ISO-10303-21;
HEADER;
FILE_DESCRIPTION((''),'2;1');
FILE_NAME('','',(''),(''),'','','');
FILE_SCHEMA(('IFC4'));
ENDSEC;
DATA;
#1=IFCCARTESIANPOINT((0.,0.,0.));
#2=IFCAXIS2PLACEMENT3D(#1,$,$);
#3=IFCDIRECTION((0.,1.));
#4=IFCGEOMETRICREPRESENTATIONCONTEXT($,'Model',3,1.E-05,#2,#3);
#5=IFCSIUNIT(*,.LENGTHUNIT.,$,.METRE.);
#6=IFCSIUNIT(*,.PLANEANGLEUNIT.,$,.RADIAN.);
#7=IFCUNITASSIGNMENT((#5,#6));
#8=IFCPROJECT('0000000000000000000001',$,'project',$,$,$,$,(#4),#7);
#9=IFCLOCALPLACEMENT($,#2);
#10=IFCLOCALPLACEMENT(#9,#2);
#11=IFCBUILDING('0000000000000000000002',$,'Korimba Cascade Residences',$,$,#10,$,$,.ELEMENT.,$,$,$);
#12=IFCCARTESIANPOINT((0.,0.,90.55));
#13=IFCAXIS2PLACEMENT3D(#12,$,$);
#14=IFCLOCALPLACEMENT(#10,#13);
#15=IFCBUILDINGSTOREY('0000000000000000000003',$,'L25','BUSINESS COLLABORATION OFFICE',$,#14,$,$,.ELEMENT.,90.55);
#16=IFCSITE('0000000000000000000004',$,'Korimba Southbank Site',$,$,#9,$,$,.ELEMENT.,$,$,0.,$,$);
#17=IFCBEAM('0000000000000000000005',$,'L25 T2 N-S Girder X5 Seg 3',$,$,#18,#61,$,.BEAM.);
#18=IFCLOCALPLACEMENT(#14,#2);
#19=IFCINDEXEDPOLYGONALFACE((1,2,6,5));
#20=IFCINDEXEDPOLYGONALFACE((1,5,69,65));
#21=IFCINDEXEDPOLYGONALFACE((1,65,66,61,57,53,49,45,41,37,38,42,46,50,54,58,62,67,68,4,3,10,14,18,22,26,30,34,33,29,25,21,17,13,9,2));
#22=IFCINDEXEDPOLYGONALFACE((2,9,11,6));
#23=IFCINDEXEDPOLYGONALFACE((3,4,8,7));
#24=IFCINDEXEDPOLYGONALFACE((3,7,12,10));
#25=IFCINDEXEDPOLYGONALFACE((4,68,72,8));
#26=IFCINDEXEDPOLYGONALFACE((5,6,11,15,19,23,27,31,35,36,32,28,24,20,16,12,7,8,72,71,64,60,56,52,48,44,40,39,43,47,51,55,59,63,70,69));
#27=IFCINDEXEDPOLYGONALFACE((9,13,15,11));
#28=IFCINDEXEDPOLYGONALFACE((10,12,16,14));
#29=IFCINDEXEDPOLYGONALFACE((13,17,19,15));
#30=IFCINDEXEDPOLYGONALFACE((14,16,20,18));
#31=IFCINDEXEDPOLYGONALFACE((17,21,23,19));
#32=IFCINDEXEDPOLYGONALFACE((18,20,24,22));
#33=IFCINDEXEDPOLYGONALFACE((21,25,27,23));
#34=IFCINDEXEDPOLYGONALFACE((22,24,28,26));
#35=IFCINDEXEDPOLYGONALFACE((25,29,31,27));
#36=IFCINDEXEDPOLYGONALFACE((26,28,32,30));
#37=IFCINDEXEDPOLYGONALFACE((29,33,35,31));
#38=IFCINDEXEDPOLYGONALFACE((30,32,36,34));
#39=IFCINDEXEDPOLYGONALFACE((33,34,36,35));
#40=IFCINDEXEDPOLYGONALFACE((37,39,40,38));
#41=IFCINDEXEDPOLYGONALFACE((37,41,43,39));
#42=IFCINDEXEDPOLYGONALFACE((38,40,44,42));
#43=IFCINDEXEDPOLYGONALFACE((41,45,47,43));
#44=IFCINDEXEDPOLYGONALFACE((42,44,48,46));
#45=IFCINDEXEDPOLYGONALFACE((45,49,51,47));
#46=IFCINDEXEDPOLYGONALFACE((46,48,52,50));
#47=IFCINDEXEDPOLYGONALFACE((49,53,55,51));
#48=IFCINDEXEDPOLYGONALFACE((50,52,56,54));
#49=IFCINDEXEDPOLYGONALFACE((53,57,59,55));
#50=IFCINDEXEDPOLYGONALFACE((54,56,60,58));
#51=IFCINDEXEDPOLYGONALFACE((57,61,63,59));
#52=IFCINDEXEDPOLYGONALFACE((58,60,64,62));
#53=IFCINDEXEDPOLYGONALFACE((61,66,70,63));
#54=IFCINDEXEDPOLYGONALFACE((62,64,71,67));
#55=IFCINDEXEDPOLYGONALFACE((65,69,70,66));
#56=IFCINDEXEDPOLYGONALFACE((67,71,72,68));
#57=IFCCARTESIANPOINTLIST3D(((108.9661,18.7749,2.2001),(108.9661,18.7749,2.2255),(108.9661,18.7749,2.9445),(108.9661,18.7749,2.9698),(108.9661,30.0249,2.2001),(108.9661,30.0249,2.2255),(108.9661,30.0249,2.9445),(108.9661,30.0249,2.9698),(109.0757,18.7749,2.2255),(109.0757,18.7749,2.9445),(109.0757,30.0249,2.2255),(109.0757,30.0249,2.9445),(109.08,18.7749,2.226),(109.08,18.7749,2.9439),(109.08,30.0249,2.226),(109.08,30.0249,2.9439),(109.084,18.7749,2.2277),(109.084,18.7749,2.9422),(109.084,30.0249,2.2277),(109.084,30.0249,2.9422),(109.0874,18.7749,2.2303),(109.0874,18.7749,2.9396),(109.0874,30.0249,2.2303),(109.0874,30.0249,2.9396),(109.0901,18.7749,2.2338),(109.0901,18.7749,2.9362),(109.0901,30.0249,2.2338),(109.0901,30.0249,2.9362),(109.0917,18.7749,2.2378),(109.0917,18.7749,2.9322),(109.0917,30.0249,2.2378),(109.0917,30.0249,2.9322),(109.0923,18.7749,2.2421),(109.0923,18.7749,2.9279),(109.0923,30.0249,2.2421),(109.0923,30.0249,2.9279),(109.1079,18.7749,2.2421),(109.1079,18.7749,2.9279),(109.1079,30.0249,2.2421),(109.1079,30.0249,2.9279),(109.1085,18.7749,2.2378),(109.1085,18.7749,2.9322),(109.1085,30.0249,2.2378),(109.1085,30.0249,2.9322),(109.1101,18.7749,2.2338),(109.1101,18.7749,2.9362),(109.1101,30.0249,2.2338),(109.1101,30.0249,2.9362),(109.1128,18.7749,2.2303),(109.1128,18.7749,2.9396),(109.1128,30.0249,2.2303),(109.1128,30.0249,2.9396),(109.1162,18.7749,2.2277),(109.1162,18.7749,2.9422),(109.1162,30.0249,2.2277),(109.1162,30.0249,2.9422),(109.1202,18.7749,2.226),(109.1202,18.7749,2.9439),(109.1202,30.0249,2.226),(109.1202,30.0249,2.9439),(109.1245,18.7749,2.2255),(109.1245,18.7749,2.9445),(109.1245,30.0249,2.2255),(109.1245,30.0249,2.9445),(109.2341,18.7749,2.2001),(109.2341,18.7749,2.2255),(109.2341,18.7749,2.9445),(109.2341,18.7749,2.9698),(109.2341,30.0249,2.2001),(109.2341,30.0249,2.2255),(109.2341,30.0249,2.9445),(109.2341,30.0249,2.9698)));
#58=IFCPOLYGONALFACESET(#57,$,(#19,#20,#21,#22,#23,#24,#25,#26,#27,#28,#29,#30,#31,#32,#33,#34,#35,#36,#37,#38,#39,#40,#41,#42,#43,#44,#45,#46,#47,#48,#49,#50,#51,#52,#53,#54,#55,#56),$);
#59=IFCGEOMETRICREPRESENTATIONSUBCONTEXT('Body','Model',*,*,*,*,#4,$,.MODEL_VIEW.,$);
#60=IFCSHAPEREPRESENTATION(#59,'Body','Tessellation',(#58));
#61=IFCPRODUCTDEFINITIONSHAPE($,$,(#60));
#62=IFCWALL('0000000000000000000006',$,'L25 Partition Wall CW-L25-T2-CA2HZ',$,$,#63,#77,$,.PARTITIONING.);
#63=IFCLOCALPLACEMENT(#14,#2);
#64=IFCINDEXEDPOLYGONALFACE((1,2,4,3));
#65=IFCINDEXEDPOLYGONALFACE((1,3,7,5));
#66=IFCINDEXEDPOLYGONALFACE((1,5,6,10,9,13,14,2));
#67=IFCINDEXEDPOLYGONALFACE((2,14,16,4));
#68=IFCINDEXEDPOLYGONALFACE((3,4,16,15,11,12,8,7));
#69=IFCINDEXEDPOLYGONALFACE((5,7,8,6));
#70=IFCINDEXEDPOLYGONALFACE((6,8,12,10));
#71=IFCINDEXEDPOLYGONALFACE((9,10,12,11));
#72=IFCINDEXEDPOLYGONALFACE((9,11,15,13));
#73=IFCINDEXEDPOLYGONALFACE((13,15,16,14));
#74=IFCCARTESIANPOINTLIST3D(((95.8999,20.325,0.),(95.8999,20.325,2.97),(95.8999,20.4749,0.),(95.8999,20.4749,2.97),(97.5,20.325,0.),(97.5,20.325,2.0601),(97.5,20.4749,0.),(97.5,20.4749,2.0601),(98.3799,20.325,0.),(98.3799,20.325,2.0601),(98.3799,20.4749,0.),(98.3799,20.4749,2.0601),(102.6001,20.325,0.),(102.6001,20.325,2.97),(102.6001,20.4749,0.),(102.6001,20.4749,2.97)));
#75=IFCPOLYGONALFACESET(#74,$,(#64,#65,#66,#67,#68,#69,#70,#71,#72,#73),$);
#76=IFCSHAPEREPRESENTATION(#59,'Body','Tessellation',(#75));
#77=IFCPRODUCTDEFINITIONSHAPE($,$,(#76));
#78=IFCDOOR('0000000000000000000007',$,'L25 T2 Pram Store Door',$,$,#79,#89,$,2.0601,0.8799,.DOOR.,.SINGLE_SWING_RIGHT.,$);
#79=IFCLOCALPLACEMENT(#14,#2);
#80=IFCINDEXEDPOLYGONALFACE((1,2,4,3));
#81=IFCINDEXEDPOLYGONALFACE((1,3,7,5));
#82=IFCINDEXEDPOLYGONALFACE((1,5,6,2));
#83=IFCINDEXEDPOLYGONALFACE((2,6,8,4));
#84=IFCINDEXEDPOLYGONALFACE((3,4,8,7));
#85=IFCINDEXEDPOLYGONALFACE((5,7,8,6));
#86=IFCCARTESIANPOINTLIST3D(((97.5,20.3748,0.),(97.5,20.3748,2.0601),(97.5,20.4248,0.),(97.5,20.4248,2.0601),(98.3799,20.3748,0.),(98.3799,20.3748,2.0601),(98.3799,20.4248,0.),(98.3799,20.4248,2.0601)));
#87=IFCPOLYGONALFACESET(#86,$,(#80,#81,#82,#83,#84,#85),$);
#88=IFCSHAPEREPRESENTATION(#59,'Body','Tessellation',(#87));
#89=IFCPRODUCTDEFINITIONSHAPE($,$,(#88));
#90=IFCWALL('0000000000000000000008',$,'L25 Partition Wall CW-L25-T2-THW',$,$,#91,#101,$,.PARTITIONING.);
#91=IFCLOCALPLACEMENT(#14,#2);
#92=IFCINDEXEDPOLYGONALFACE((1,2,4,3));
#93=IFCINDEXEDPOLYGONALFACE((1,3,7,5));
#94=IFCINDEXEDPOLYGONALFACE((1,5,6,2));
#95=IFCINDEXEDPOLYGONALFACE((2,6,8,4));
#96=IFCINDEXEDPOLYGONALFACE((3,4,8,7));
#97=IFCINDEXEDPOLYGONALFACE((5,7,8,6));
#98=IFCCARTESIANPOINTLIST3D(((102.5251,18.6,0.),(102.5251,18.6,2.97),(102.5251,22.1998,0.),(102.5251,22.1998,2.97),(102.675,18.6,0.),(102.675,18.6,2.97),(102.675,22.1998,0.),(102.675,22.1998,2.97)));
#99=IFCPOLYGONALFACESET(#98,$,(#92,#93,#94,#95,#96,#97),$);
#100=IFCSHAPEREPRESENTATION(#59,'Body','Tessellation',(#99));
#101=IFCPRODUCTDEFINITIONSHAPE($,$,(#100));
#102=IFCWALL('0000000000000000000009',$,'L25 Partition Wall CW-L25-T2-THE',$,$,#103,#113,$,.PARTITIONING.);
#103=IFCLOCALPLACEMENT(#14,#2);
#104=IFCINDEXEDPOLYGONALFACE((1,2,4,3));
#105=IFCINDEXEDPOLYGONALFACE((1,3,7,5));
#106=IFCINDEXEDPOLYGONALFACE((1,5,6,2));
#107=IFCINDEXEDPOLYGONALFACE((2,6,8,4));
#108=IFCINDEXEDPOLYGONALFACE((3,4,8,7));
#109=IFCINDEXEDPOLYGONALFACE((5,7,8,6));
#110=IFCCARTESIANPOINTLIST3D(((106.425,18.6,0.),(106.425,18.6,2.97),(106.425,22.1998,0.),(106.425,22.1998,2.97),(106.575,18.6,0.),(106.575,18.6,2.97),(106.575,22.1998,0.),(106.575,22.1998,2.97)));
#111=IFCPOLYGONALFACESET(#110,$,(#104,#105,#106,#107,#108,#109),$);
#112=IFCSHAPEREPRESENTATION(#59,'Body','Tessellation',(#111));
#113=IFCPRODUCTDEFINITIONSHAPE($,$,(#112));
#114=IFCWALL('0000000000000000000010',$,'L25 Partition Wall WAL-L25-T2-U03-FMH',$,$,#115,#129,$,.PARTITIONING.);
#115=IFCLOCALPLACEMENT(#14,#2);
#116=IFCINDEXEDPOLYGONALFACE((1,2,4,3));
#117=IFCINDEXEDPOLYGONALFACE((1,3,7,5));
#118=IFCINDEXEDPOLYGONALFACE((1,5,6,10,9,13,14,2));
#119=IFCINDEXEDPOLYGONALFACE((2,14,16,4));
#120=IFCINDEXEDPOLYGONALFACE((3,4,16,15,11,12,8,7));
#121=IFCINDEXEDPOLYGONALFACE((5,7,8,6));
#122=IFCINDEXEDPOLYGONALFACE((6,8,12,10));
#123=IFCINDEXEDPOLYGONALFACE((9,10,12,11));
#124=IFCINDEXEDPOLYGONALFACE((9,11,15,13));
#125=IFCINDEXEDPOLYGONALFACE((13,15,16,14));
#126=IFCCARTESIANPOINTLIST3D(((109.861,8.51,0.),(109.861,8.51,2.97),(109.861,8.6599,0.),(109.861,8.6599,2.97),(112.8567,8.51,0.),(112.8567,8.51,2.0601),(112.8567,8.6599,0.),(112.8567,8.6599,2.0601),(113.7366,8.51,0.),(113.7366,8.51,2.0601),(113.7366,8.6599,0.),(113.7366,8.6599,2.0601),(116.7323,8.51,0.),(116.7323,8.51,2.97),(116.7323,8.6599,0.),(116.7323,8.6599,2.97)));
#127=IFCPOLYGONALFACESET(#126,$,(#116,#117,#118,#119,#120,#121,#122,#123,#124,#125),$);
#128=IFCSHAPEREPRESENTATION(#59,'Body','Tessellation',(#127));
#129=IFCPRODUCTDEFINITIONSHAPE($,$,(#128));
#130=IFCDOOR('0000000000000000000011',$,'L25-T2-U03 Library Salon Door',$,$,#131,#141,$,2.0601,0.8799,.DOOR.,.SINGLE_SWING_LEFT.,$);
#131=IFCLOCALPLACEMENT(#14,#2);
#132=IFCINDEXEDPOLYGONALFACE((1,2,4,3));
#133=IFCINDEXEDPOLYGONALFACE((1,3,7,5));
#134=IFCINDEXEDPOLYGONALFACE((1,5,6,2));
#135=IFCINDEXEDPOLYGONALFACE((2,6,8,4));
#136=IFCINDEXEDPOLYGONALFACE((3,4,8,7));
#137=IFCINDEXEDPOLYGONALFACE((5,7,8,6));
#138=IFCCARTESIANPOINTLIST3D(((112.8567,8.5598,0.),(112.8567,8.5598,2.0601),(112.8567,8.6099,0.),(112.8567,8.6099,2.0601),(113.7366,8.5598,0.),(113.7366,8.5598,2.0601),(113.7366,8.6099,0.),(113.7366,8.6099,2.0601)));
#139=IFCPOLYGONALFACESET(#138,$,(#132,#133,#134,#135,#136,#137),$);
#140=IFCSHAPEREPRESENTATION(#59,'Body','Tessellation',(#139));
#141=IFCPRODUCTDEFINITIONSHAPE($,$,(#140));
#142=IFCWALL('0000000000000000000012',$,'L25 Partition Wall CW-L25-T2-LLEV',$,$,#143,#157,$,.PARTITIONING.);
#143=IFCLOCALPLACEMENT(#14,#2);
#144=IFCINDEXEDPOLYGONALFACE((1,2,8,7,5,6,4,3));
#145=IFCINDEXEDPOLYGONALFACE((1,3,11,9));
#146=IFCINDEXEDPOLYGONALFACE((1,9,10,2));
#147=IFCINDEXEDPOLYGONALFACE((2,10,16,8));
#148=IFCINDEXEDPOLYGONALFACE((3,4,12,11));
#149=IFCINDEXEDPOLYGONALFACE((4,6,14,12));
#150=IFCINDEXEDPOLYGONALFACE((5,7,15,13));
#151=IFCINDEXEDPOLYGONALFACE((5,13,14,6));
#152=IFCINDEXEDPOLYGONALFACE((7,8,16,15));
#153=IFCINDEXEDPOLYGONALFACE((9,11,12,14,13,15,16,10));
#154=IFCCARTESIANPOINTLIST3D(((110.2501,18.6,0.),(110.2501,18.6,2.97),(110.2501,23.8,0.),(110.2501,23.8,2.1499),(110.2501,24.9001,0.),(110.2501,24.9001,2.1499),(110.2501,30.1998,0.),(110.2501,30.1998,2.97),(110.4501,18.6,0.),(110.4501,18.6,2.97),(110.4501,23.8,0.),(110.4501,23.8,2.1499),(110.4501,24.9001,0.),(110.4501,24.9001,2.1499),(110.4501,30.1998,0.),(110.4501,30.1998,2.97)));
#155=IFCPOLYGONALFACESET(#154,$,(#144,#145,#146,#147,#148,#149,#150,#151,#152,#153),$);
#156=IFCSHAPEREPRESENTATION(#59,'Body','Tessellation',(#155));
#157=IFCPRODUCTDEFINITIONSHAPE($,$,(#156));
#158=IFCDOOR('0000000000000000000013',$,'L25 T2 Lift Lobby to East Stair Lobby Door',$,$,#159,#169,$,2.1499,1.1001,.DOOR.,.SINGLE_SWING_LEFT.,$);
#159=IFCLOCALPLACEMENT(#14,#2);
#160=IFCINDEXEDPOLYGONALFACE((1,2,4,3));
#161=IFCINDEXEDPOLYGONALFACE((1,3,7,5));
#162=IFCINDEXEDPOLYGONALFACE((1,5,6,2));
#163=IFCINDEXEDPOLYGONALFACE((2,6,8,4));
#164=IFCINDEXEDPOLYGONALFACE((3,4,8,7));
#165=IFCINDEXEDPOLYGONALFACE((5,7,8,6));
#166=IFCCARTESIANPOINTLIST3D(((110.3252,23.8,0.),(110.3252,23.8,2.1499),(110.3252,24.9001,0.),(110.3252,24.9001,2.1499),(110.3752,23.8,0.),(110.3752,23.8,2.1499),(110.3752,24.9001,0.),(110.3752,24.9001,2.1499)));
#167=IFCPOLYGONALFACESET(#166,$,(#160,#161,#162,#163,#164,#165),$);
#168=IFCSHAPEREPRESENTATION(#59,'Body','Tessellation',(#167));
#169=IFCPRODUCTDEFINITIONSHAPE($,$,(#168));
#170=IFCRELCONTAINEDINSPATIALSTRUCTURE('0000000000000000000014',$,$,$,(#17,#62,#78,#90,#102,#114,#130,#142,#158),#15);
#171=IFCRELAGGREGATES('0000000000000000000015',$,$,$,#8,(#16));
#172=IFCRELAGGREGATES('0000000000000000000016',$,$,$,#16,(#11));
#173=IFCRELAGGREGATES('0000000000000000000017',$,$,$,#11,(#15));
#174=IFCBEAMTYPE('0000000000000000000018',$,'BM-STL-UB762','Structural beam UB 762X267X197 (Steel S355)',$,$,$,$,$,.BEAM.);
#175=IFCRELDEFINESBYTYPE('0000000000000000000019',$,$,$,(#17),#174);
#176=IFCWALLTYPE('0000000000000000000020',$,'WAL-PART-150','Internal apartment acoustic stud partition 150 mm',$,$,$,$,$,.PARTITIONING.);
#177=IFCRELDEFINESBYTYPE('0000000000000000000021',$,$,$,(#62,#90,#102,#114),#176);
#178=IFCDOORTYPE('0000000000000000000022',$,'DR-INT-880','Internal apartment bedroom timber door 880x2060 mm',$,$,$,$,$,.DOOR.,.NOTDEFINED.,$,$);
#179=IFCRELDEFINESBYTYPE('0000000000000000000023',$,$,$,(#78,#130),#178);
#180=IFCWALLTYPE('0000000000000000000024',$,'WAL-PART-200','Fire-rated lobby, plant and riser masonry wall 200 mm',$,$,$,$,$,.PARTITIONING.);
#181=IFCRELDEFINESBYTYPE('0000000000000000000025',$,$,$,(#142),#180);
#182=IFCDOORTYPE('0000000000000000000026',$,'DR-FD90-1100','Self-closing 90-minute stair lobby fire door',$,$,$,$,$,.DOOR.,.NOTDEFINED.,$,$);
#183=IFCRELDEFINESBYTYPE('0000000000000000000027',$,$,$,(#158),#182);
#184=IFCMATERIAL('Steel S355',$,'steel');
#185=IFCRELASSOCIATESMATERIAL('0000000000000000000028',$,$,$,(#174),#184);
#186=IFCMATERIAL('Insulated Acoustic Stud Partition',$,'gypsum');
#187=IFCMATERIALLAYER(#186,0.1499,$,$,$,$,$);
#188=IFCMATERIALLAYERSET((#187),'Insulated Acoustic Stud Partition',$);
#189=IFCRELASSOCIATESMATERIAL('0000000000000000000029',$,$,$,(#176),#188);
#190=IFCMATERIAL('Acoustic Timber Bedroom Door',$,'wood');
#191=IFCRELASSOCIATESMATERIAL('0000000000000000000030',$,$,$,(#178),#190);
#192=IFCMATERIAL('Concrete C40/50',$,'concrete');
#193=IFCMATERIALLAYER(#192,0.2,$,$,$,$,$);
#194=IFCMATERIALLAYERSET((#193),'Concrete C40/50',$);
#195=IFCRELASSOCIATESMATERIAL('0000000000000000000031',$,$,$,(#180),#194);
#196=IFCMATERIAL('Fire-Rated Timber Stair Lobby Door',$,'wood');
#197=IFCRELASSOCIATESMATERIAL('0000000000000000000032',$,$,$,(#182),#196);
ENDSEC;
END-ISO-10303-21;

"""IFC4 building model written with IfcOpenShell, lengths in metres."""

from ifc_helpers import new_model, si_unit, direction, frame, frame_2d, origin, origin_2d, place, context, subcontext, project, spatial, rectangle, i_section, extrude, material, layer, layer_set, material_profile, profile_set, type_object, element, fill, save


model = new_model("IFC4")

# Units and contexts
model_context = context("Model", 3, precision=1e-05, world=origin(), true_north=direction((0.0, 1.0)))
body_context = subcontext(model_context, "Body", "Model", "MODEL_VIEW")
ifc_project = project(units=[si_unit("LENGTHUNIT", "METRE"), si_unit("PLANEANGLEUNIT", "RADIAN")], contexts=[model_context])

# Site, building, storey
site_placement = place(None, origin())
site = spatial("IfcSite", under=ifc_project, at=site_placement, Name="Korimba Southbank Site", CompositionType="ELEMENT", RefElevation=0.0)
building_placement = place(site_placement, origin())
building = spatial("IfcBuilding", under=site, at=building_placement, Name="Korimba Cascade Residences", CompositionType="ELEMENT")
storey_placement = place(building_placement, frame((0.0, 0.0, 90.55)))
storey = spatial("IfcBuildingStorey", under=building, at=storey_placement, Name="L25", Description="BUSINESS COLLABORATION OFFICE", CompositionType="ELEMENT", Elevation=90.55)

# Beam
ifc_material_1 = material(Name="Steel S355", Category="steel")
ifc_material_profile_1 = material_profile(ifc_material_1, i_section(OverallWidth=0.2681, OverallDepth=0.7698, WebThickness=0.0156, FlangeThickness=0.0254, FilletRadius=0.0166, at=origin_2d()), Name="Steel S355")
ifc_profile_set_1 = profile_set([ifc_material_profile_1], Name="Steel S355")
beam_type = type_object("IfcBeamType", Name="BM-STL-UB762", Description="Structural beam UB 762X267X197 (Steel S355)", PredefinedType="BEAM", material=ifc_profile_set_1)
beam_1_placement = place(storey_placement, frame((109.1001, 18.7749, 2.585), z_axis=(0.0, 1.0, 0.0), x_axis=(-1.0, 0.0, 0.0)))
element("IfcBeam", 1, at=beam_1_placement, inside=storey, type_object=beam_type, Name="L25 T2 N-S Girder X5 Seg 3", PredefinedType="BEAM", context=body_context, shape_type="SweptSolid", body=[
    extrude(i_section(OverallWidth=0.2681, OverallDepth=0.7698, WebThickness=0.0156, FlangeThickness=0.0254, FilletRadius=0.0166, at=origin_2d()), origin(), (0.0, 0.0, 1.0), 11.25),
])

# Wall, opening, door
ifc_material_2 = material(Name="Insulated Acoustic Stud Partition", Category="gypsum")
ifc_layer_1 = layer(ifc_material_2, 0.1499)
ifc_layer_set_1 = layer_set([ifc_layer_1], Name="Insulated Acoustic Stud Partition")
wall_type_1 = type_object("IfcWallType", Name="WAL-PART-150", Description="Internal apartment acoustic stud partition 150 mm", PredefinedType="PARTITIONING", material=ifc_layer_set_1)
wall_1_placement = place(storey_placement, frame((95.8999, 20.3999, 0.0), z_axis=(0.0, 0.0, 1.0), x_axis=(1.0, 0.0, 0.0)))
wall_1 = element("IfcWall", 2, at=wall_1_placement, inside=storey, type_object=wall_type_1, Name="L25 Partition Wall CW-L25-T2-CA2HZ", PredefinedType="PARTITIONING", context=body_context, shape_type="SweptSolid", body=[
    extrude(rectangle(XDim=6.7002, YDim=0.1499, at=frame_2d((3.3501, 0.0))), origin(), (0.0, 0.0, 1.0), 2.97),
])
opening_1_placement = place(wall_1_placement, frame((1.6001, 0.0, 0.0)))
opening_1 = element("IfcOpeningElement", 3, at=opening_1_placement, cuts=wall_1, PredefinedType="OPENING", context=body_context, shape_type="SweptSolid", body=[
    extrude(rectangle(XDim=0.8799, YDim=2.0601, at=frame_2d((0.4399, 1.03))), frame((0.0, 0.085, 0.0), z_axis=(0.0, -1.0, 0.0), x_axis=(1.0, 0.0, 0.0)), (0.0, 0.0, 1.0), 0.1699),
])
ifc_material_3 = material(Name="Acoustic Timber Bedroom Door", Category="wood")
door_type_1 = type_object("IfcDoorType", Name="DR-INT-880", Description="Internal apartment bedroom timber door 880x2060 mm", OperationType="NOTDEFINED", PredefinedType="DOOR", material=ifc_material_3)
door_1_placement = place(opening_1_placement, origin())
door_1 = element("IfcDoor", 4, at=door_1_placement, inside=storey, type_object=door_type_1, Name="L25 T2 Pram Store Door", OperationType="SINGLE_SWING_RIGHT", OverallHeight=2.0601, OverallWidth=0.8799, PredefinedType="DOOR", context=body_context, shape_type="SweptSolid", body=[
    extrude(rectangle(XDim=0.8799, YDim=2.0601, at=frame_2d((0.4399, 1.03))), frame((0.0, 0.0249, 0.0), z_axis=(0.0, -1.0, 0.0), x_axis=(1.0, 0.0, 0.0)), (0.0, 0.0, 1.0), 0.05),
])
fill(opening_1, door_1)

# Walls
for number, where, z_axis, x_axis, name in (
    (5, (102.6001, 18.6001, 0.0), (0.0, 0.0, 1.0), (0.0, 1.0, 0.0), "L25 Partition Wall CW-L25-T2-THW"),
    (6, (106.5, 18.6001, 0.0), (0.0, 0.0, 1.0), (0.0, 1.0, 0.0), "L25 Partition Wall CW-L25-T2-THE"),
):
    element("IfcWall", number, at=place(storey_placement, frame(where, z_axis=z_axis, x_axis=x_axis)), inside=storey, type_object=wall_type_1, Name=name, PredefinedType="PARTITIONING", context=body_context, shape_type="SweptSolid", body=[
        extrude(rectangle(XDim=3.5999, YDim=0.1499, at=frame_2d((1.7998, 0.0))), origin(), (0.0, 0.0, 1.0), 2.97),
    ])

# Walls, openings, doors
wall_2_placement = place(storey_placement, frame((109.8611, 8.585, 0.0), z_axis=(0.0, 0.0, 1.0), x_axis=(1.0, 0.0, 0.0)))
wall_2 = element("IfcWall", 7, at=wall_2_placement, inside=storey, type_object=wall_type_1, Name="L25 Partition Wall WAL-L25-T2-U03-FMH", PredefinedType="PARTITIONING", context=body_context, shape_type="SweptSolid", body=[
    extrude(rectangle(XDim=6.8713, YDim=0.1499, at=frame_2d((3.4355, 0.0))), origin(), (0.0, 0.0, 1.0), 2.97),
])
opening_2_placement = place(wall_2_placement, frame((2.9956, 0.0, 0.0)))
opening_2 = element("IfcOpeningElement", 8, at=opening_2_placement, cuts=wall_2, PredefinedType="OPENING", context=body_context, shape_type="SweptSolid", body=[
    extrude(rectangle(XDim=0.8799, YDim=2.0601, at=frame_2d((0.4399, 1.03))), frame((0.0, 0.085, 0.0), z_axis=(0.0, -1.0, 0.0), x_axis=(1.0, 0.0, 0.0)), (0.0, 0.0, 1.0), 0.1699),
])
door_2_placement = place(opening_2_placement, origin())
door_2 = element("IfcDoor", 9, at=door_2_placement, inside=storey, type_object=door_type_1, Name="L25-T2-U03 Library Salon Door", OperationType="SINGLE_SWING_LEFT", OverallHeight=2.0601, OverallWidth=0.8799, PredefinedType="DOOR", context=body_context, shape_type="SweptSolid", body=[
    extrude(rectangle(XDim=0.8799, YDim=2.0601, at=frame_2d((0.4399, 1.03))), frame((0.0, 0.0249, 0.0), z_axis=(0.0, -1.0, 0.0), x_axis=(1.0, 0.0, 0.0)), (0.0, 0.0, 1.0), 0.05),
])
fill(opening_2, door_2)
ifc_material_4 = material(Name="Concrete C40/50", Category="concrete")
ifc_layer_2 = layer(ifc_material_4, 0.2)
ifc_layer_set_2 = layer_set([ifc_layer_2], Name="Concrete C40/50")
wall_type_2 = type_object("IfcWallType", Name="WAL-PART-200", Description="Fire-rated lobby, plant and riser masonry wall 200 mm", PredefinedType="PARTITIONING", material=ifc_layer_set_2)
wall_3_placement = place(storey_placement, frame((110.3501, 18.6001, 0.0), z_axis=(0.0, 0.0, 1.0), x_axis=(0.0, 1.0, 0.0)))
wall_3 = element("IfcWall", 10, at=wall_3_placement, inside=storey, type_object=wall_type_2, Name="L25 Partition Wall CW-L25-T2-LLEV", PredefinedType="PARTITIONING", context=body_context, shape_type="SweptSolid", body=[
    extrude(rectangle(XDim=11.5999, YDim=0.2, at=frame_2d((5.7998, 0.0))), origin(), (0.0, 0.0, 1.0), 2.97),
])
opening_3_placement = place(wall_3_placement, frame((5.2, 0.0, 0.0)))
opening_3 = element("IfcOpeningElement", 11, at=opening_3_placement, cuts=wall_3, PredefinedType="OPENING", context=body_context, shape_type="SweptSolid", body=[
    extrude(rectangle(XDim=1.1001, YDim=2.1499, at=frame_2d((0.55, 1.075))), frame((0.0, 0.1099, 0.0), z_axis=(0.0, -1.0, 0.0), x_axis=(1.0, 0.0, 0.0)), (0.0, 0.0, 1.0), 0.22),
])
ifc_material_5 = material(Name="Fire-Rated Timber Stair Lobby Door", Category="wood")
door_type_2 = type_object("IfcDoorType", Name="DR-FD90-1100", Description="Self-closing 90-minute stair lobby fire door", OperationType="NOTDEFINED", PredefinedType="DOOR", material=ifc_material_5)
door_3_placement = place(opening_3_placement, origin())
door_3 = element("IfcDoor", 12, at=door_3_placement, inside=storey, type_object=door_type_2, Name="L25 T2 Lift Lobby to East Stair Lobby Door", OperationType="SINGLE_SWING_LEFT", OverallHeight=2.1499, OverallWidth=1.1001, PredefinedType="DOOR", context=body_context, shape_type="SweptSolid", body=[
    extrude(rectangle(XDim=1.1001, YDim=2.1499, at=frame_2d((0.55, 1.075))), frame((0.0, 0.0249, 0.0), z_axis=(0.0, -1.0, 0.0), x_axis=(1.0, 0.0, 0.0)), (0.0, 0.0, 1.0), 0.05),
])
fill(opening_3, door_3)

save(model, "model.ifc")
